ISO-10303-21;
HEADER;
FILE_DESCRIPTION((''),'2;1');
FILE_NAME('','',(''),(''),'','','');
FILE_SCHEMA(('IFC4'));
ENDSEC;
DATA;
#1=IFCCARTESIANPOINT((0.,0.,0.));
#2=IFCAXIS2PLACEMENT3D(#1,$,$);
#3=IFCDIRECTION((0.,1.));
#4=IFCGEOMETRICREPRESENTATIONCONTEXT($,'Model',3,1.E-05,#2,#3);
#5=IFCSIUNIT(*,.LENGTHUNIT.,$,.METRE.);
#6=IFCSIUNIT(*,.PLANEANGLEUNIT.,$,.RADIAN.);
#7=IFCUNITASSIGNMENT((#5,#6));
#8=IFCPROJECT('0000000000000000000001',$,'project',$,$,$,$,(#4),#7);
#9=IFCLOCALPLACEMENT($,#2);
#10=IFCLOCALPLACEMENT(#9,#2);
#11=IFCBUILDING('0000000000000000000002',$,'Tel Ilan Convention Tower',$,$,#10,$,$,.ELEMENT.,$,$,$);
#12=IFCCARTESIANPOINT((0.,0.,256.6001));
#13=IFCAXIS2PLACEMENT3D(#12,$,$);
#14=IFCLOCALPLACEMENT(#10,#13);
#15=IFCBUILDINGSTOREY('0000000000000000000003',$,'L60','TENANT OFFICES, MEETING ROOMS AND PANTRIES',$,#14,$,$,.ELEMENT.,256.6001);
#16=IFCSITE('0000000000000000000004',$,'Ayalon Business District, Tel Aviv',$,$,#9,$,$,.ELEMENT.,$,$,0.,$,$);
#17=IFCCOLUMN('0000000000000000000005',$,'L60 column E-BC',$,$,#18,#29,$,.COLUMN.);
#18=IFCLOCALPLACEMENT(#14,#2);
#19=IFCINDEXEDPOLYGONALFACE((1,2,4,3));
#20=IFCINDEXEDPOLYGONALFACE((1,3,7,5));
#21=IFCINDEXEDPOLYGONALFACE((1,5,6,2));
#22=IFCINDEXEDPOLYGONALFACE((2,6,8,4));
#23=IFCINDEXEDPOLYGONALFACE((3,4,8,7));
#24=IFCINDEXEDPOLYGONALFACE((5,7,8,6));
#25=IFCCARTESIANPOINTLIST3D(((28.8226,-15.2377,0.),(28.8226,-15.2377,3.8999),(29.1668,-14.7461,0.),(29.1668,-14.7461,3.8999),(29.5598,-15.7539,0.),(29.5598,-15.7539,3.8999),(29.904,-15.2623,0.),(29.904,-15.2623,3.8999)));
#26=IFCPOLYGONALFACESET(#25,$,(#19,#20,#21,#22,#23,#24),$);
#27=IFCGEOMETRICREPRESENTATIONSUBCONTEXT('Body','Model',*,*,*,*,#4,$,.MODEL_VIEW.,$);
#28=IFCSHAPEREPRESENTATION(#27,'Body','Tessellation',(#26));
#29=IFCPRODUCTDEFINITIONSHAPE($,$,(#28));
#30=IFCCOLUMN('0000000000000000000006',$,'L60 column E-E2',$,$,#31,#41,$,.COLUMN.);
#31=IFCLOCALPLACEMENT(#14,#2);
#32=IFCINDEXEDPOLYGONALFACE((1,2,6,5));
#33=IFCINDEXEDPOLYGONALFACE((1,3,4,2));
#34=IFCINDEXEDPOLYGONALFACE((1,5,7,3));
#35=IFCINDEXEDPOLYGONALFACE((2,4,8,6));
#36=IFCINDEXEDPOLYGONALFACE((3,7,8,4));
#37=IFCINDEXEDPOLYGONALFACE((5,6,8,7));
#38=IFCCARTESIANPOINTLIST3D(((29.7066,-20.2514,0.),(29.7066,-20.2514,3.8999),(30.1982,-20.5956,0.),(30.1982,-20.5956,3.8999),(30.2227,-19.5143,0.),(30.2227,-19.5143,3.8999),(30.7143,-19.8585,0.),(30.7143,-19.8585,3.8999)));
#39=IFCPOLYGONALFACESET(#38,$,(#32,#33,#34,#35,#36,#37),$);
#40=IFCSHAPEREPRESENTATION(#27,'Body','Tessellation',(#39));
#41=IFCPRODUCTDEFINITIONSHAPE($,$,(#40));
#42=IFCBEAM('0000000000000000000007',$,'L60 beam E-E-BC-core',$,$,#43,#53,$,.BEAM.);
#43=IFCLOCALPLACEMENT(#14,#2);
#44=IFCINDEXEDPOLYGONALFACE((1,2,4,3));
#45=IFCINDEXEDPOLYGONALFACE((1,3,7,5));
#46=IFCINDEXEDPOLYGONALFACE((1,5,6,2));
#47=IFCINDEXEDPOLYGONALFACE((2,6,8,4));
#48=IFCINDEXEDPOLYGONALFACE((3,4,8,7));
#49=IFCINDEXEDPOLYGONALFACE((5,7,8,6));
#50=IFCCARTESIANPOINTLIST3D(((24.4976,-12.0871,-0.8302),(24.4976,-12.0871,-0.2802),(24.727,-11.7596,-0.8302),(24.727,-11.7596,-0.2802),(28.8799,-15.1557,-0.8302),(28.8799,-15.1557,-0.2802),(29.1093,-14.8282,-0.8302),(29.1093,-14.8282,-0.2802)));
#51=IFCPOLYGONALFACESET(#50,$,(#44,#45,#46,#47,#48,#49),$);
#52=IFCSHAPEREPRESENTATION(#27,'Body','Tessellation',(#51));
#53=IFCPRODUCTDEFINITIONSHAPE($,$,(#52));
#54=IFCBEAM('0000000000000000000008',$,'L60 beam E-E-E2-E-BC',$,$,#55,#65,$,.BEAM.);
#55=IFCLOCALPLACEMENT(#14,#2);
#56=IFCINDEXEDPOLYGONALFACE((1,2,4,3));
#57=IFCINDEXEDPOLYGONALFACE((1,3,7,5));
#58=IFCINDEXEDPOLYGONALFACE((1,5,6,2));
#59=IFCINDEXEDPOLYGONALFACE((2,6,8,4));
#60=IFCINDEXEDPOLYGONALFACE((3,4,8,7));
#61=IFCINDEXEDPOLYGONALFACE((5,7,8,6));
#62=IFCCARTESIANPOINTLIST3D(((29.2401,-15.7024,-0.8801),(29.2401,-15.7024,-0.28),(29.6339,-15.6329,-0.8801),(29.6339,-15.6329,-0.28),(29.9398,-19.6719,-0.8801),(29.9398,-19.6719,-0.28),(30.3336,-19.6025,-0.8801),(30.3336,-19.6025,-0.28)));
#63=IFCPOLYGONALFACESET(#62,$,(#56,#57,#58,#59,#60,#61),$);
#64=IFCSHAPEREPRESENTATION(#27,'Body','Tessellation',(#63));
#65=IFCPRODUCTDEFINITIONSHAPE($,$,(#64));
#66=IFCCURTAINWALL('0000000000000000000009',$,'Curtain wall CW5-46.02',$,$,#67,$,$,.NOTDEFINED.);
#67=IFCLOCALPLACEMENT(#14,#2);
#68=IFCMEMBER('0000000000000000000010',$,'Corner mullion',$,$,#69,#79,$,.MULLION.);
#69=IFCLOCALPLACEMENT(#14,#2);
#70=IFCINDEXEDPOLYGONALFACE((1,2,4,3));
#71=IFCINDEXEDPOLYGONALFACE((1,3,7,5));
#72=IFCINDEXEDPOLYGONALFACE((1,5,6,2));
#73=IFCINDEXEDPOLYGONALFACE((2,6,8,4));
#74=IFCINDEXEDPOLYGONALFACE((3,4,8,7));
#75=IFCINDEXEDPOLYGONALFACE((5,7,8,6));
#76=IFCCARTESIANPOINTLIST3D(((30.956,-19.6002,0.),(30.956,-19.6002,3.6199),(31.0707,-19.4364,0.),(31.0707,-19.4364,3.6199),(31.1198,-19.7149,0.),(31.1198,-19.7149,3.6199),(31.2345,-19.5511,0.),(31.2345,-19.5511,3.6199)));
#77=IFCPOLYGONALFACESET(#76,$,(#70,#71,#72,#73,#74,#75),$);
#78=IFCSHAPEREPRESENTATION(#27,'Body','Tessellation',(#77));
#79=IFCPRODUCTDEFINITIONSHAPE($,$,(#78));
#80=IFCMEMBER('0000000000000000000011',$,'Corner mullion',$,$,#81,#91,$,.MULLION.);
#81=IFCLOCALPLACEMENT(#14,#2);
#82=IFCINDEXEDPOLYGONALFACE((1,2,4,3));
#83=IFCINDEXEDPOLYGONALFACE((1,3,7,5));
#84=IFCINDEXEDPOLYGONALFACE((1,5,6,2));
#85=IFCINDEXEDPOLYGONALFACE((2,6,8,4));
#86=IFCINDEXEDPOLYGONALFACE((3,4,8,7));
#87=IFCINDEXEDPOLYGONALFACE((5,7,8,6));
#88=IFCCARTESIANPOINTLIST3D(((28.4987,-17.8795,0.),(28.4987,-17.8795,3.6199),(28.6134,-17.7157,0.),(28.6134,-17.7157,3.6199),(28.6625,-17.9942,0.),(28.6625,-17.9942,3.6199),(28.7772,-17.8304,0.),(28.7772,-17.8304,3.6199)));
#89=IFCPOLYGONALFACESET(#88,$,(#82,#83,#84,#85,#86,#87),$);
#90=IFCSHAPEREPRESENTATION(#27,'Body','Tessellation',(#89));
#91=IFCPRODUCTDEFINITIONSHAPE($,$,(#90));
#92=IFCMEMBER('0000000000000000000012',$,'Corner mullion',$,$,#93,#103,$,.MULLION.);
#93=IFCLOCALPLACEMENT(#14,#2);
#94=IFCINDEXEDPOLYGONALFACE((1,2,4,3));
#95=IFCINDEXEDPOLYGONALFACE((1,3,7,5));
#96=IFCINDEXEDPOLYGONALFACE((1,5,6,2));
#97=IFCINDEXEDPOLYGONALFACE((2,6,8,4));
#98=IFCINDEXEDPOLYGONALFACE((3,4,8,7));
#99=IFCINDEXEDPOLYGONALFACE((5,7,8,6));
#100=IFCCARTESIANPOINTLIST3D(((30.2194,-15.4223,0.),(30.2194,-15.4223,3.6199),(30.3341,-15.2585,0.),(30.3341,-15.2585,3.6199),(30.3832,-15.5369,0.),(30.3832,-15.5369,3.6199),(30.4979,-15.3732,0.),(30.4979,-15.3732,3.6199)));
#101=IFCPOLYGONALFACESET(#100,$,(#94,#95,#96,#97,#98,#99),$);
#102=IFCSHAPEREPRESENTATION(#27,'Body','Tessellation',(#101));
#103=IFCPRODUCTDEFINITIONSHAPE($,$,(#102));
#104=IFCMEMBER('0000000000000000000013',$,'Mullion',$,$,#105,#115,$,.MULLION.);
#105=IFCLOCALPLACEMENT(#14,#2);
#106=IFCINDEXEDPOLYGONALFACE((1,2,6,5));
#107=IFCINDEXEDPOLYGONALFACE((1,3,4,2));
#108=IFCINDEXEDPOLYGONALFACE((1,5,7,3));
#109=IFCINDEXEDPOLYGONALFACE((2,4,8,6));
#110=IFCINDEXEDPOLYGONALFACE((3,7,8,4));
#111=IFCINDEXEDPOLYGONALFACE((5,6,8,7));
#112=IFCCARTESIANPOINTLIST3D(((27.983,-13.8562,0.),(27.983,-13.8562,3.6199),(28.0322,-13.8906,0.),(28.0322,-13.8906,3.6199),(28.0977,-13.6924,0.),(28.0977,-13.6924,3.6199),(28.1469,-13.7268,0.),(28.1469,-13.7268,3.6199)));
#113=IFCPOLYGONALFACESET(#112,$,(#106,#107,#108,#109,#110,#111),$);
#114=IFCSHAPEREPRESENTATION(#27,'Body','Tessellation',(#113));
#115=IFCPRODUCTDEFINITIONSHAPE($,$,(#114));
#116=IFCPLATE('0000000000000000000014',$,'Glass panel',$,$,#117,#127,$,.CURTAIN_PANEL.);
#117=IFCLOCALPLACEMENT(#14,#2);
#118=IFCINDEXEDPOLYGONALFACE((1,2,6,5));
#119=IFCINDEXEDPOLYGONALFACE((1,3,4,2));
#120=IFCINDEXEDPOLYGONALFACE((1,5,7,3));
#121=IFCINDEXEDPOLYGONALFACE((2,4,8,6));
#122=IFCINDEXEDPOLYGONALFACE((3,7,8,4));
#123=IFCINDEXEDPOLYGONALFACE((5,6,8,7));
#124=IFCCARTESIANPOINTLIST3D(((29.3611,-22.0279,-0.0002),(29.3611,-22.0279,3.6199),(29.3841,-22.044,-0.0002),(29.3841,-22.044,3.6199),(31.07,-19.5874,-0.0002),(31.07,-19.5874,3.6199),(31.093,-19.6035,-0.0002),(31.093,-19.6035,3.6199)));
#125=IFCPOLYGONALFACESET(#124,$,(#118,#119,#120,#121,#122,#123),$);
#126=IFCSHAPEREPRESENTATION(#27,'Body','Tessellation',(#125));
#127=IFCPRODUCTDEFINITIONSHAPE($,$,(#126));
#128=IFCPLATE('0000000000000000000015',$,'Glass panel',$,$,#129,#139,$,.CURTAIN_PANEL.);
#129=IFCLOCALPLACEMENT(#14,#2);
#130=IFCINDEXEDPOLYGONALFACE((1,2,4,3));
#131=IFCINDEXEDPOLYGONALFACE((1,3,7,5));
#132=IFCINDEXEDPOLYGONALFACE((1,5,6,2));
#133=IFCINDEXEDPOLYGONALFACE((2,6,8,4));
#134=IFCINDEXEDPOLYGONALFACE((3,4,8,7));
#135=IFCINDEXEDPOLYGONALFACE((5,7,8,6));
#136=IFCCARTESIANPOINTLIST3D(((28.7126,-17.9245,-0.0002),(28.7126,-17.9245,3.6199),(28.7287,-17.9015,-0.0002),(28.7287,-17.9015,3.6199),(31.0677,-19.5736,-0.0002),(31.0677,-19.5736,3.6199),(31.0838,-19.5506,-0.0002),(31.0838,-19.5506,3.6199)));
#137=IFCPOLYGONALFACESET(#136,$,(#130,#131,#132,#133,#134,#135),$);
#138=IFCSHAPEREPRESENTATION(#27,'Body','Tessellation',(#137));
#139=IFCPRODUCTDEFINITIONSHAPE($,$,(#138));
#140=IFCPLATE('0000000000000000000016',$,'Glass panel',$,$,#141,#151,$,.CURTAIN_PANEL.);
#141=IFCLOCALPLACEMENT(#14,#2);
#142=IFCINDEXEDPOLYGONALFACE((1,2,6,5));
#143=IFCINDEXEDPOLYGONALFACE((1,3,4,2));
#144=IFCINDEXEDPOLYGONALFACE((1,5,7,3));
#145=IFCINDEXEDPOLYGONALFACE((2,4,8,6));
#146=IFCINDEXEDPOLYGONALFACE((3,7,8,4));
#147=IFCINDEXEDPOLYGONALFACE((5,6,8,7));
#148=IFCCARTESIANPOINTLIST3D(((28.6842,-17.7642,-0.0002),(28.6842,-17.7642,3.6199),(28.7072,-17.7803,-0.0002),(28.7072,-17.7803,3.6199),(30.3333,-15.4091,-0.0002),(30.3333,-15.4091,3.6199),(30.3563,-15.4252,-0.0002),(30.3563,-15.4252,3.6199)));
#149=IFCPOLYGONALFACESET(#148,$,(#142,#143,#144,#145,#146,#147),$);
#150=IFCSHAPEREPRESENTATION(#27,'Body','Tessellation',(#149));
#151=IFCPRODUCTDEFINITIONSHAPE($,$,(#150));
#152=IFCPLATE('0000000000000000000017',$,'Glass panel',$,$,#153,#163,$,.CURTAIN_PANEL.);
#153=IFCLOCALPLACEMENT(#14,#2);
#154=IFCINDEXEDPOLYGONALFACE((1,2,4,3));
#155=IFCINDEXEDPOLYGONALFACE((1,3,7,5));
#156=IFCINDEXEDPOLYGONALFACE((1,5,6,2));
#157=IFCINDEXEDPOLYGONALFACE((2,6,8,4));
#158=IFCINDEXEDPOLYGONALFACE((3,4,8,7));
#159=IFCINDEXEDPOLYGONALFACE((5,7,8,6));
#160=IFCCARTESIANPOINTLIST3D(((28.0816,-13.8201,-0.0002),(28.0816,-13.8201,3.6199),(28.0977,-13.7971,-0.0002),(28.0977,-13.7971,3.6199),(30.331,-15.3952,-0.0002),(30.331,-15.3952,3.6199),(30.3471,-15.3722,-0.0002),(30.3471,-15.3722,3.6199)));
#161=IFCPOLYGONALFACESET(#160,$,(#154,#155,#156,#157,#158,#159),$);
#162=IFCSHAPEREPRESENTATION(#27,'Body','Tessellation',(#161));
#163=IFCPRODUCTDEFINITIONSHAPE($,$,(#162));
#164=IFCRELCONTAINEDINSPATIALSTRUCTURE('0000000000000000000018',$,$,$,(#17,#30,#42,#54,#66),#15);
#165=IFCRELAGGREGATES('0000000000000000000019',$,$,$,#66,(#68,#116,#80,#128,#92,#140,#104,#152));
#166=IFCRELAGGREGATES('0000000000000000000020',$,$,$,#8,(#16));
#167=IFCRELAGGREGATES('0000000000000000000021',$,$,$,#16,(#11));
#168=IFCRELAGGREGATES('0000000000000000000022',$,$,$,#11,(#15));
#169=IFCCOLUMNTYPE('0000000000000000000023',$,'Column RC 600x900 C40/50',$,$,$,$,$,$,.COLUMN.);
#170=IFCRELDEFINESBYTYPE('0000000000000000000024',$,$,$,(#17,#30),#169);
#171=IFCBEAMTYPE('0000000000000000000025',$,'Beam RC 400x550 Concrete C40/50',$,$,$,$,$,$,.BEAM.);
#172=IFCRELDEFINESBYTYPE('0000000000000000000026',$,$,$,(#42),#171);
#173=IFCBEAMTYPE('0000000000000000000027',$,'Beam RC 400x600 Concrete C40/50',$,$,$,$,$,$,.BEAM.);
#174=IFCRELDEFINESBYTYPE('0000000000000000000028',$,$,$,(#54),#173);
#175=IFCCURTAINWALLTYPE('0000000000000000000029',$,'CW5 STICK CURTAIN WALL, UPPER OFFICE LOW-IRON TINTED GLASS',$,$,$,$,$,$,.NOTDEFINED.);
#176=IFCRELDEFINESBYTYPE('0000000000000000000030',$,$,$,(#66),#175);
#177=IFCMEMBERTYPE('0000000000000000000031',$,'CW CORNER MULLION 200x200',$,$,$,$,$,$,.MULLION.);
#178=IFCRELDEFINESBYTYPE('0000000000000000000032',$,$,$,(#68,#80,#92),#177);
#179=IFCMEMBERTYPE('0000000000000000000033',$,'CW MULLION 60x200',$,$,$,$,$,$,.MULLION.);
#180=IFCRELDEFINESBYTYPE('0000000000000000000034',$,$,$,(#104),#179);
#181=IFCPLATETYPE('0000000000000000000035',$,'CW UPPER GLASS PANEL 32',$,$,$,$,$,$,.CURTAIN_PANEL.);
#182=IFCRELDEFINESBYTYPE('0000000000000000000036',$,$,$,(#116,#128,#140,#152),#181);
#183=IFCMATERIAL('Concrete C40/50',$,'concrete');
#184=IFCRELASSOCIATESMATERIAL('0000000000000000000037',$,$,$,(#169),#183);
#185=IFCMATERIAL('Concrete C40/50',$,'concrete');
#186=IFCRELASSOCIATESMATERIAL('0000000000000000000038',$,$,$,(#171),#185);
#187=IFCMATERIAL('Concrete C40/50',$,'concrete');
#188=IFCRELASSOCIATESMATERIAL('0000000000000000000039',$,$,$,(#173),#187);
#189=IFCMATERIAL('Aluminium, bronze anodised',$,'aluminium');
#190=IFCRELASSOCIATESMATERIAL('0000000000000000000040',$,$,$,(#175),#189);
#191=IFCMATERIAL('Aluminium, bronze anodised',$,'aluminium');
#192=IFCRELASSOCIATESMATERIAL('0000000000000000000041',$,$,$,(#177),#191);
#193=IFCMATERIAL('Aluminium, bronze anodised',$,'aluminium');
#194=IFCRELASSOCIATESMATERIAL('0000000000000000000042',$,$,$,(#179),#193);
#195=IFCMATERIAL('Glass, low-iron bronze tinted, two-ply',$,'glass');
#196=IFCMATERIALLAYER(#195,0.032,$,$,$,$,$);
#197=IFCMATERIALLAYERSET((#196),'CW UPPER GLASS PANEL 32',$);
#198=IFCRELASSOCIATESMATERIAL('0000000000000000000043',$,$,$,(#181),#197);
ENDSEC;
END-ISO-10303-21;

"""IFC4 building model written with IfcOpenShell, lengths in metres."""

from ifc_helpers import new_model, si_unit, direction, frame, origin, origin_2d, place, context, subcontext, project, spatial, rectangle, extrude, material, layer, layer_set, material_profile, profile_set, type_object, element, aggregate, save


model = new_model("IFC4")

# Units and contexts
model_context = context("Model", 3, precision=1e-05, world=origin(), true_north=direction((0.0, 1.0)))
body_context = subcontext(model_context, "Body", "Model", "MODEL_VIEW")
ifc_project = project(units=[si_unit("LENGTHUNIT", "METRE"), si_unit("PLANEANGLEUNIT", "RADIAN")], contexts=[model_context])

# Site, building, storey
site_placement = place(None, origin())
site = spatial("IfcSite", under=ifc_project, at=site_placement, Name="Ayalon Business District, Tel Aviv", CompositionType="ELEMENT", RefElevation=0.0)
building_placement = place(site_placement, origin())
building = spatial("IfcBuilding", under=site, at=building_placement, Name="Tel Ilan Convention Tower", CompositionType="ELEMENT")
storey_placement = place(building_placement, frame((0.0, 0.0, 256.6001)))
storey = spatial("IfcBuildingStorey", under=building, at=storey_placement, Name="L60", Description="TENANT OFFICES, MEETING ROOMS AND PANTRIES", CompositionType="ELEMENT", Elevation=256.6001)

# Columns
ifc_material_1 = material(Name="Concrete C40/50", Category="concrete")
ifc_material_profile_1 = material_profile(ifc_material_1, rectangle(XDim=0.8999, YDim=0.6001, at=origin_2d()), Name="RC 600x900")
ifc_profile_set_1 = profile_set([ifc_material_profile_1], Name="Concrete C40/50")
column_type = type_object("IfcColumnType", Name="Column RC 600x900 C40/50", PredefinedType="COLUMN", material=ifc_profile_set_1)
for number, where, z_axis, x_axis, name in (
    (1, (29.3633, -15.25, 0.0), (0.0, 0.0, 1.0), (0.819152, -0.573576, 0.0), "L60 column E-BC"),
    (2, (30.2104, -20.0549, 0.0), (0.0, 0.0, 1.0), (0.573576, 0.819152, 0.0), "L60 column E-E2"),
):
    element("IfcColumn", number, at=place(storey_placement, frame(where, z_axis=z_axis, x_axis=x_axis)), inside=storey, type_object=column_type, Name=name, PredefinedType="COLUMN", context=body_context, shape_type="SweptSolid", body=[
        extrude(rectangle(XDim=0.8999, YDim=0.6001, at=origin_2d()), origin(), (0.0, 0.0, 1.0), 3.8999),
    ])

# Beams
ifc_material_2 = material(Name="Concrete C40/50", Category="concrete")
ifc_material_profile_2 = material_profile(ifc_material_2, rectangle(XDim=0.3999, YDim=0.55, at=origin_2d()), Name="RC 400x550")
ifc_profile_set_2 = profile_set([ifc_material_profile_2], Name="Concrete C40/50")
beam_type_1 = type_object("IfcBeamType", Name="Beam RC 400x550 Concrete C40/50", PredefinedType="BEAM", material=ifc_profile_set_2)
beam_1_placement = place(storey_placement, frame((28.9946, -14.9919, -0.5552), z_axis=(-0.819146, 0.573585, 0.0), x_axis=(-0.573585, -0.819146, 0.0)))
element("IfcBeam", 3, at=beam_1_placement, inside=storey, type_object=beam_type_1, Name="L60 beam E-E-BC-core", PredefinedType="BEAM", context=body_context, shape_type="SweptSolid", body=[
    extrude(rectangle(XDim=0.3999, YDim=0.55, at=origin_2d()), origin(), (0.0, 0.0, 1.0), 5.3499),
])
ifc_material_3 = material(Name="Concrete C40/50", Category="concrete")
ifc_material_profile_3 = material_profile(ifc_material_3, rectangle(XDim=0.3999, YDim=0.6001, at=origin_2d()), Name="RC 400x600")
ifc_profile_set_3 = profile_set([ifc_material_profile_3], Name="Concrete C40/50")
beam_type_2 = type_object("IfcBeamType", Name="Beam RC 400x600 Concrete C40/50", PredefinedType="BEAM", material=ifc_profile_set_3)
beam_2_placement = place(storey_placement, frame((30.1367, -19.6372, -0.5801), z_axis=(-0.173595, 0.984817, 0.0), x_axis=(-0.984817, -0.173595, 0.0)))
element("IfcBeam", 4, at=beam_2_placement, inside=storey, type_object=beam_type_2, Name="L60 beam E-E-E2-E-BC", PredefinedType="BEAM", context=body_context, shape_type="SweptSolid", body=[
    extrude(rectangle(XDim=0.3999, YDim=0.6001, at=origin_2d()), origin(), (0.0, 0.0, 1.0), 4.0308),
])

# Curtain wall, members, plates
ifc_material_4 = material(Name="Aluminium, bronze anodised", Category="aluminium")
curtain_wall_type = type_object("IfcCurtainWallType", Name="CW5 STICK CURTAIN WALL, UPPER OFFICE LOW-IRON TINTED GLASS", PredefinedType="NOTDEFINED", material=ifc_material_4)
curtain_wall_placement = place(storey_placement, origin())
curtain_wall = element("IfcCurtainWall", 5, at=curtain_wall_placement, inside=storey, type_object=curtain_wall_type, Name="Curtain wall CW5-46.02", PredefinedType="NOTDEFINED")
ifc_material_5 = material(Name="Aluminium, bronze anodised", Category="aluminium")
ifc_material_profile_4 = material_profile(ifc_material_5, rectangle(XDim=0.2, YDim=0.2, at=origin_2d()), Name="CW CORNER MULLION 200x200")
ifc_profile_set_4 = profile_set([ifc_material_profile_4], Name="Aluminium, bronze anodised")
member_type_1 = type_object("IfcMemberType", Name="CW CORNER MULLION 200x200", PredefinedType="MULLION", material=ifc_profile_set_4)
member_1_placement = place(storey_placement, frame((31.0952, -19.5757, 0.0), z_axis=(0.0, 0.0, 1.0), x_axis=(0.573576, 0.819152, 0.0)))
member_1 = element("IfcMember", 6, at=member_1_placement, type_object=member_type_1, Name="Corner mullion", PredefinedType="MULLION", context=body_context, shape_type="SweptSolid", body=[
    extrude(rectangle(XDim=0.2, YDim=0.2, at=origin_2d()), origin(), (0.0, 0.0, 1.0), 3.6199),
])
member_2_placement = place(storey_placement, frame((28.6379, -17.855, 0.0), z_axis=(0.0, 0.0, 1.0), x_axis=(-0.819152, 0.573576, 0.0)))
member_2 = element("IfcMember", 7, at=member_2_placement, type_object=member_type_1, Name="Corner mullion", PredefinedType="MULLION", context=body_context, shape_type="SweptSolid", body=[
    extrude(rectangle(XDim=0.2, YDim=0.2, at=origin_2d()), origin(), (0.0, 0.0, 1.0), 3.6199),
])
member_3_placement = place(storey_placement, frame((30.3586, -15.3977, 0.0), z_axis=(0.0, 0.0, 1.0), x_axis=(0.573576, 0.819152, 0.0)))
member_3 = element("IfcMember", 8, at=member_3_placement, type_object=member_type_1, Name="Corner mullion", PredefinedType="MULLION", context=body_context, shape_type="SweptSolid", body=[
    extrude(rectangle(XDim=0.2, YDim=0.2, at=origin_2d()), origin(), (0.0, 0.0, 1.0), 3.6199),
])
ifc_material_6 = material(Name="Aluminium, bronze anodised", Category="aluminium")
ifc_material_profile_5 = material_profile(ifc_material_6, rectangle(XDim=0.0601, YDim=0.2, at=origin_2d()), Name="CW MULLION 60x200")
ifc_profile_set_5 = profile_set([ifc_material_profile_5], Name="Aluminium, bronze anodised")
member_type_2 = type_object("IfcMemberType", Name="CW MULLION 60x200", PredefinedType="MULLION", material=ifc_profile_set_5)
member_4_placement = place(storey_placement, frame((28.0649, -13.7915, 0.0), z_axis=(0.0, 0.0, 1.0), x_axis=(-0.819152, 0.573576, 0.0)))
member_4 = element("IfcMember", 9, at=member_4_placement, type_object=member_type_2, Name="Mullion", PredefinedType="MULLION", context=body_context, shape_type="SweptSolid", body=[
    extrude(rectangle(XDim=0.0601, YDim=0.2, at=origin_2d()), origin(), (0.0, 0.0, 1.0), 3.6199),
])
ifc_material_7 = material(Name="Glass, low-iron bronze tinted, two-ply", Category="glass")
ifc_layer_1 = layer(ifc_material_7, 0.032)
ifc_layer_set_1 = layer_set([ifc_layer_1], Name="CW UPPER GLASS PANEL 32")
plate_type = type_object("IfcPlateType", Name="CW UPPER GLASS PANEL 32", PredefinedType="CURTAIN_PANEL", material=ifc_layer_set_1)
plate_1_placement = place(storey_placement, frame((30.2271, -20.8157, -0.0002), z_axis=(0.0, 0.0, 1.0), x_axis=(0.573576, 0.819152, 0.0)))
plate_1 = element("IfcPlate", 10, at=plate_1_placement, type_object=plate_type, Name="Glass panel", PredefinedType="CURTAIN_PANEL", context=body_context, shape_type="SweptSolid", body=[
    extrude(rectangle(XDim=2.9792, YDim=0.0281, at=origin_2d()), origin(), (0.0, 0.0, 1.0), 3.6201),
])
plate_2_placement = place(storey_placement, frame((29.8982, -18.7375, -0.0002), z_axis=(0.0, 0.0, 1.0), x_axis=(-0.819152, 0.573576, 0.0)))
plate_2 = element("IfcPlate", 11, at=plate_2_placement, type_object=plate_type, Name="Glass panel", PredefinedType="CURTAIN_PANEL", context=body_context, shape_type="SweptSolid", body=[
    extrude(rectangle(XDim=2.875, YDim=0.0281, at=origin_2d()), origin(), (0.0, 0.0, 1.0), 3.6201),
])
plate_3_placement = place(storey_placement, frame((29.5203, -16.5947, -0.0002), z_axis=(0.0, 0.0, 1.0), x_axis=(0.573576, 0.819152, 0.0)))
plate_3 = element("IfcPlate", 12, at=plate_3_placement, type_object=plate_type, Name="Glass panel", PredefinedType="CURTAIN_PANEL", context=body_context, shape_type="SweptSolid", body=[
    extrude(rectangle(XDim=2.875, YDim=0.0281, at=origin_2d()), origin(), (0.0, 0.0, 1.0), 3.6201),
])
plate_4_placement = place(storey_placement, frame((29.2144, -14.5962, -0.0002), z_axis=(0.0, 0.0, 1.0), x_axis=(-0.819152, 0.573576, 0.0)))
plate_4 = element("IfcPlate", 13, at=plate_4_placement, type_object=plate_type, Name="Glass panel", PredefinedType="CURTAIN_PANEL", context=body_context, shape_type="SweptSolid", body=[
    extrude(rectangle(XDim=2.7461, YDim=0.0281, at=origin_2d()), origin(), (0.0, 0.0, 1.0), 3.6201),
])
aggregate(curtain_wall, [member_1, plate_1, member_2, plate_2, member_3, plate_3, member_4, plate_4])

save(model, "model.ifc")
